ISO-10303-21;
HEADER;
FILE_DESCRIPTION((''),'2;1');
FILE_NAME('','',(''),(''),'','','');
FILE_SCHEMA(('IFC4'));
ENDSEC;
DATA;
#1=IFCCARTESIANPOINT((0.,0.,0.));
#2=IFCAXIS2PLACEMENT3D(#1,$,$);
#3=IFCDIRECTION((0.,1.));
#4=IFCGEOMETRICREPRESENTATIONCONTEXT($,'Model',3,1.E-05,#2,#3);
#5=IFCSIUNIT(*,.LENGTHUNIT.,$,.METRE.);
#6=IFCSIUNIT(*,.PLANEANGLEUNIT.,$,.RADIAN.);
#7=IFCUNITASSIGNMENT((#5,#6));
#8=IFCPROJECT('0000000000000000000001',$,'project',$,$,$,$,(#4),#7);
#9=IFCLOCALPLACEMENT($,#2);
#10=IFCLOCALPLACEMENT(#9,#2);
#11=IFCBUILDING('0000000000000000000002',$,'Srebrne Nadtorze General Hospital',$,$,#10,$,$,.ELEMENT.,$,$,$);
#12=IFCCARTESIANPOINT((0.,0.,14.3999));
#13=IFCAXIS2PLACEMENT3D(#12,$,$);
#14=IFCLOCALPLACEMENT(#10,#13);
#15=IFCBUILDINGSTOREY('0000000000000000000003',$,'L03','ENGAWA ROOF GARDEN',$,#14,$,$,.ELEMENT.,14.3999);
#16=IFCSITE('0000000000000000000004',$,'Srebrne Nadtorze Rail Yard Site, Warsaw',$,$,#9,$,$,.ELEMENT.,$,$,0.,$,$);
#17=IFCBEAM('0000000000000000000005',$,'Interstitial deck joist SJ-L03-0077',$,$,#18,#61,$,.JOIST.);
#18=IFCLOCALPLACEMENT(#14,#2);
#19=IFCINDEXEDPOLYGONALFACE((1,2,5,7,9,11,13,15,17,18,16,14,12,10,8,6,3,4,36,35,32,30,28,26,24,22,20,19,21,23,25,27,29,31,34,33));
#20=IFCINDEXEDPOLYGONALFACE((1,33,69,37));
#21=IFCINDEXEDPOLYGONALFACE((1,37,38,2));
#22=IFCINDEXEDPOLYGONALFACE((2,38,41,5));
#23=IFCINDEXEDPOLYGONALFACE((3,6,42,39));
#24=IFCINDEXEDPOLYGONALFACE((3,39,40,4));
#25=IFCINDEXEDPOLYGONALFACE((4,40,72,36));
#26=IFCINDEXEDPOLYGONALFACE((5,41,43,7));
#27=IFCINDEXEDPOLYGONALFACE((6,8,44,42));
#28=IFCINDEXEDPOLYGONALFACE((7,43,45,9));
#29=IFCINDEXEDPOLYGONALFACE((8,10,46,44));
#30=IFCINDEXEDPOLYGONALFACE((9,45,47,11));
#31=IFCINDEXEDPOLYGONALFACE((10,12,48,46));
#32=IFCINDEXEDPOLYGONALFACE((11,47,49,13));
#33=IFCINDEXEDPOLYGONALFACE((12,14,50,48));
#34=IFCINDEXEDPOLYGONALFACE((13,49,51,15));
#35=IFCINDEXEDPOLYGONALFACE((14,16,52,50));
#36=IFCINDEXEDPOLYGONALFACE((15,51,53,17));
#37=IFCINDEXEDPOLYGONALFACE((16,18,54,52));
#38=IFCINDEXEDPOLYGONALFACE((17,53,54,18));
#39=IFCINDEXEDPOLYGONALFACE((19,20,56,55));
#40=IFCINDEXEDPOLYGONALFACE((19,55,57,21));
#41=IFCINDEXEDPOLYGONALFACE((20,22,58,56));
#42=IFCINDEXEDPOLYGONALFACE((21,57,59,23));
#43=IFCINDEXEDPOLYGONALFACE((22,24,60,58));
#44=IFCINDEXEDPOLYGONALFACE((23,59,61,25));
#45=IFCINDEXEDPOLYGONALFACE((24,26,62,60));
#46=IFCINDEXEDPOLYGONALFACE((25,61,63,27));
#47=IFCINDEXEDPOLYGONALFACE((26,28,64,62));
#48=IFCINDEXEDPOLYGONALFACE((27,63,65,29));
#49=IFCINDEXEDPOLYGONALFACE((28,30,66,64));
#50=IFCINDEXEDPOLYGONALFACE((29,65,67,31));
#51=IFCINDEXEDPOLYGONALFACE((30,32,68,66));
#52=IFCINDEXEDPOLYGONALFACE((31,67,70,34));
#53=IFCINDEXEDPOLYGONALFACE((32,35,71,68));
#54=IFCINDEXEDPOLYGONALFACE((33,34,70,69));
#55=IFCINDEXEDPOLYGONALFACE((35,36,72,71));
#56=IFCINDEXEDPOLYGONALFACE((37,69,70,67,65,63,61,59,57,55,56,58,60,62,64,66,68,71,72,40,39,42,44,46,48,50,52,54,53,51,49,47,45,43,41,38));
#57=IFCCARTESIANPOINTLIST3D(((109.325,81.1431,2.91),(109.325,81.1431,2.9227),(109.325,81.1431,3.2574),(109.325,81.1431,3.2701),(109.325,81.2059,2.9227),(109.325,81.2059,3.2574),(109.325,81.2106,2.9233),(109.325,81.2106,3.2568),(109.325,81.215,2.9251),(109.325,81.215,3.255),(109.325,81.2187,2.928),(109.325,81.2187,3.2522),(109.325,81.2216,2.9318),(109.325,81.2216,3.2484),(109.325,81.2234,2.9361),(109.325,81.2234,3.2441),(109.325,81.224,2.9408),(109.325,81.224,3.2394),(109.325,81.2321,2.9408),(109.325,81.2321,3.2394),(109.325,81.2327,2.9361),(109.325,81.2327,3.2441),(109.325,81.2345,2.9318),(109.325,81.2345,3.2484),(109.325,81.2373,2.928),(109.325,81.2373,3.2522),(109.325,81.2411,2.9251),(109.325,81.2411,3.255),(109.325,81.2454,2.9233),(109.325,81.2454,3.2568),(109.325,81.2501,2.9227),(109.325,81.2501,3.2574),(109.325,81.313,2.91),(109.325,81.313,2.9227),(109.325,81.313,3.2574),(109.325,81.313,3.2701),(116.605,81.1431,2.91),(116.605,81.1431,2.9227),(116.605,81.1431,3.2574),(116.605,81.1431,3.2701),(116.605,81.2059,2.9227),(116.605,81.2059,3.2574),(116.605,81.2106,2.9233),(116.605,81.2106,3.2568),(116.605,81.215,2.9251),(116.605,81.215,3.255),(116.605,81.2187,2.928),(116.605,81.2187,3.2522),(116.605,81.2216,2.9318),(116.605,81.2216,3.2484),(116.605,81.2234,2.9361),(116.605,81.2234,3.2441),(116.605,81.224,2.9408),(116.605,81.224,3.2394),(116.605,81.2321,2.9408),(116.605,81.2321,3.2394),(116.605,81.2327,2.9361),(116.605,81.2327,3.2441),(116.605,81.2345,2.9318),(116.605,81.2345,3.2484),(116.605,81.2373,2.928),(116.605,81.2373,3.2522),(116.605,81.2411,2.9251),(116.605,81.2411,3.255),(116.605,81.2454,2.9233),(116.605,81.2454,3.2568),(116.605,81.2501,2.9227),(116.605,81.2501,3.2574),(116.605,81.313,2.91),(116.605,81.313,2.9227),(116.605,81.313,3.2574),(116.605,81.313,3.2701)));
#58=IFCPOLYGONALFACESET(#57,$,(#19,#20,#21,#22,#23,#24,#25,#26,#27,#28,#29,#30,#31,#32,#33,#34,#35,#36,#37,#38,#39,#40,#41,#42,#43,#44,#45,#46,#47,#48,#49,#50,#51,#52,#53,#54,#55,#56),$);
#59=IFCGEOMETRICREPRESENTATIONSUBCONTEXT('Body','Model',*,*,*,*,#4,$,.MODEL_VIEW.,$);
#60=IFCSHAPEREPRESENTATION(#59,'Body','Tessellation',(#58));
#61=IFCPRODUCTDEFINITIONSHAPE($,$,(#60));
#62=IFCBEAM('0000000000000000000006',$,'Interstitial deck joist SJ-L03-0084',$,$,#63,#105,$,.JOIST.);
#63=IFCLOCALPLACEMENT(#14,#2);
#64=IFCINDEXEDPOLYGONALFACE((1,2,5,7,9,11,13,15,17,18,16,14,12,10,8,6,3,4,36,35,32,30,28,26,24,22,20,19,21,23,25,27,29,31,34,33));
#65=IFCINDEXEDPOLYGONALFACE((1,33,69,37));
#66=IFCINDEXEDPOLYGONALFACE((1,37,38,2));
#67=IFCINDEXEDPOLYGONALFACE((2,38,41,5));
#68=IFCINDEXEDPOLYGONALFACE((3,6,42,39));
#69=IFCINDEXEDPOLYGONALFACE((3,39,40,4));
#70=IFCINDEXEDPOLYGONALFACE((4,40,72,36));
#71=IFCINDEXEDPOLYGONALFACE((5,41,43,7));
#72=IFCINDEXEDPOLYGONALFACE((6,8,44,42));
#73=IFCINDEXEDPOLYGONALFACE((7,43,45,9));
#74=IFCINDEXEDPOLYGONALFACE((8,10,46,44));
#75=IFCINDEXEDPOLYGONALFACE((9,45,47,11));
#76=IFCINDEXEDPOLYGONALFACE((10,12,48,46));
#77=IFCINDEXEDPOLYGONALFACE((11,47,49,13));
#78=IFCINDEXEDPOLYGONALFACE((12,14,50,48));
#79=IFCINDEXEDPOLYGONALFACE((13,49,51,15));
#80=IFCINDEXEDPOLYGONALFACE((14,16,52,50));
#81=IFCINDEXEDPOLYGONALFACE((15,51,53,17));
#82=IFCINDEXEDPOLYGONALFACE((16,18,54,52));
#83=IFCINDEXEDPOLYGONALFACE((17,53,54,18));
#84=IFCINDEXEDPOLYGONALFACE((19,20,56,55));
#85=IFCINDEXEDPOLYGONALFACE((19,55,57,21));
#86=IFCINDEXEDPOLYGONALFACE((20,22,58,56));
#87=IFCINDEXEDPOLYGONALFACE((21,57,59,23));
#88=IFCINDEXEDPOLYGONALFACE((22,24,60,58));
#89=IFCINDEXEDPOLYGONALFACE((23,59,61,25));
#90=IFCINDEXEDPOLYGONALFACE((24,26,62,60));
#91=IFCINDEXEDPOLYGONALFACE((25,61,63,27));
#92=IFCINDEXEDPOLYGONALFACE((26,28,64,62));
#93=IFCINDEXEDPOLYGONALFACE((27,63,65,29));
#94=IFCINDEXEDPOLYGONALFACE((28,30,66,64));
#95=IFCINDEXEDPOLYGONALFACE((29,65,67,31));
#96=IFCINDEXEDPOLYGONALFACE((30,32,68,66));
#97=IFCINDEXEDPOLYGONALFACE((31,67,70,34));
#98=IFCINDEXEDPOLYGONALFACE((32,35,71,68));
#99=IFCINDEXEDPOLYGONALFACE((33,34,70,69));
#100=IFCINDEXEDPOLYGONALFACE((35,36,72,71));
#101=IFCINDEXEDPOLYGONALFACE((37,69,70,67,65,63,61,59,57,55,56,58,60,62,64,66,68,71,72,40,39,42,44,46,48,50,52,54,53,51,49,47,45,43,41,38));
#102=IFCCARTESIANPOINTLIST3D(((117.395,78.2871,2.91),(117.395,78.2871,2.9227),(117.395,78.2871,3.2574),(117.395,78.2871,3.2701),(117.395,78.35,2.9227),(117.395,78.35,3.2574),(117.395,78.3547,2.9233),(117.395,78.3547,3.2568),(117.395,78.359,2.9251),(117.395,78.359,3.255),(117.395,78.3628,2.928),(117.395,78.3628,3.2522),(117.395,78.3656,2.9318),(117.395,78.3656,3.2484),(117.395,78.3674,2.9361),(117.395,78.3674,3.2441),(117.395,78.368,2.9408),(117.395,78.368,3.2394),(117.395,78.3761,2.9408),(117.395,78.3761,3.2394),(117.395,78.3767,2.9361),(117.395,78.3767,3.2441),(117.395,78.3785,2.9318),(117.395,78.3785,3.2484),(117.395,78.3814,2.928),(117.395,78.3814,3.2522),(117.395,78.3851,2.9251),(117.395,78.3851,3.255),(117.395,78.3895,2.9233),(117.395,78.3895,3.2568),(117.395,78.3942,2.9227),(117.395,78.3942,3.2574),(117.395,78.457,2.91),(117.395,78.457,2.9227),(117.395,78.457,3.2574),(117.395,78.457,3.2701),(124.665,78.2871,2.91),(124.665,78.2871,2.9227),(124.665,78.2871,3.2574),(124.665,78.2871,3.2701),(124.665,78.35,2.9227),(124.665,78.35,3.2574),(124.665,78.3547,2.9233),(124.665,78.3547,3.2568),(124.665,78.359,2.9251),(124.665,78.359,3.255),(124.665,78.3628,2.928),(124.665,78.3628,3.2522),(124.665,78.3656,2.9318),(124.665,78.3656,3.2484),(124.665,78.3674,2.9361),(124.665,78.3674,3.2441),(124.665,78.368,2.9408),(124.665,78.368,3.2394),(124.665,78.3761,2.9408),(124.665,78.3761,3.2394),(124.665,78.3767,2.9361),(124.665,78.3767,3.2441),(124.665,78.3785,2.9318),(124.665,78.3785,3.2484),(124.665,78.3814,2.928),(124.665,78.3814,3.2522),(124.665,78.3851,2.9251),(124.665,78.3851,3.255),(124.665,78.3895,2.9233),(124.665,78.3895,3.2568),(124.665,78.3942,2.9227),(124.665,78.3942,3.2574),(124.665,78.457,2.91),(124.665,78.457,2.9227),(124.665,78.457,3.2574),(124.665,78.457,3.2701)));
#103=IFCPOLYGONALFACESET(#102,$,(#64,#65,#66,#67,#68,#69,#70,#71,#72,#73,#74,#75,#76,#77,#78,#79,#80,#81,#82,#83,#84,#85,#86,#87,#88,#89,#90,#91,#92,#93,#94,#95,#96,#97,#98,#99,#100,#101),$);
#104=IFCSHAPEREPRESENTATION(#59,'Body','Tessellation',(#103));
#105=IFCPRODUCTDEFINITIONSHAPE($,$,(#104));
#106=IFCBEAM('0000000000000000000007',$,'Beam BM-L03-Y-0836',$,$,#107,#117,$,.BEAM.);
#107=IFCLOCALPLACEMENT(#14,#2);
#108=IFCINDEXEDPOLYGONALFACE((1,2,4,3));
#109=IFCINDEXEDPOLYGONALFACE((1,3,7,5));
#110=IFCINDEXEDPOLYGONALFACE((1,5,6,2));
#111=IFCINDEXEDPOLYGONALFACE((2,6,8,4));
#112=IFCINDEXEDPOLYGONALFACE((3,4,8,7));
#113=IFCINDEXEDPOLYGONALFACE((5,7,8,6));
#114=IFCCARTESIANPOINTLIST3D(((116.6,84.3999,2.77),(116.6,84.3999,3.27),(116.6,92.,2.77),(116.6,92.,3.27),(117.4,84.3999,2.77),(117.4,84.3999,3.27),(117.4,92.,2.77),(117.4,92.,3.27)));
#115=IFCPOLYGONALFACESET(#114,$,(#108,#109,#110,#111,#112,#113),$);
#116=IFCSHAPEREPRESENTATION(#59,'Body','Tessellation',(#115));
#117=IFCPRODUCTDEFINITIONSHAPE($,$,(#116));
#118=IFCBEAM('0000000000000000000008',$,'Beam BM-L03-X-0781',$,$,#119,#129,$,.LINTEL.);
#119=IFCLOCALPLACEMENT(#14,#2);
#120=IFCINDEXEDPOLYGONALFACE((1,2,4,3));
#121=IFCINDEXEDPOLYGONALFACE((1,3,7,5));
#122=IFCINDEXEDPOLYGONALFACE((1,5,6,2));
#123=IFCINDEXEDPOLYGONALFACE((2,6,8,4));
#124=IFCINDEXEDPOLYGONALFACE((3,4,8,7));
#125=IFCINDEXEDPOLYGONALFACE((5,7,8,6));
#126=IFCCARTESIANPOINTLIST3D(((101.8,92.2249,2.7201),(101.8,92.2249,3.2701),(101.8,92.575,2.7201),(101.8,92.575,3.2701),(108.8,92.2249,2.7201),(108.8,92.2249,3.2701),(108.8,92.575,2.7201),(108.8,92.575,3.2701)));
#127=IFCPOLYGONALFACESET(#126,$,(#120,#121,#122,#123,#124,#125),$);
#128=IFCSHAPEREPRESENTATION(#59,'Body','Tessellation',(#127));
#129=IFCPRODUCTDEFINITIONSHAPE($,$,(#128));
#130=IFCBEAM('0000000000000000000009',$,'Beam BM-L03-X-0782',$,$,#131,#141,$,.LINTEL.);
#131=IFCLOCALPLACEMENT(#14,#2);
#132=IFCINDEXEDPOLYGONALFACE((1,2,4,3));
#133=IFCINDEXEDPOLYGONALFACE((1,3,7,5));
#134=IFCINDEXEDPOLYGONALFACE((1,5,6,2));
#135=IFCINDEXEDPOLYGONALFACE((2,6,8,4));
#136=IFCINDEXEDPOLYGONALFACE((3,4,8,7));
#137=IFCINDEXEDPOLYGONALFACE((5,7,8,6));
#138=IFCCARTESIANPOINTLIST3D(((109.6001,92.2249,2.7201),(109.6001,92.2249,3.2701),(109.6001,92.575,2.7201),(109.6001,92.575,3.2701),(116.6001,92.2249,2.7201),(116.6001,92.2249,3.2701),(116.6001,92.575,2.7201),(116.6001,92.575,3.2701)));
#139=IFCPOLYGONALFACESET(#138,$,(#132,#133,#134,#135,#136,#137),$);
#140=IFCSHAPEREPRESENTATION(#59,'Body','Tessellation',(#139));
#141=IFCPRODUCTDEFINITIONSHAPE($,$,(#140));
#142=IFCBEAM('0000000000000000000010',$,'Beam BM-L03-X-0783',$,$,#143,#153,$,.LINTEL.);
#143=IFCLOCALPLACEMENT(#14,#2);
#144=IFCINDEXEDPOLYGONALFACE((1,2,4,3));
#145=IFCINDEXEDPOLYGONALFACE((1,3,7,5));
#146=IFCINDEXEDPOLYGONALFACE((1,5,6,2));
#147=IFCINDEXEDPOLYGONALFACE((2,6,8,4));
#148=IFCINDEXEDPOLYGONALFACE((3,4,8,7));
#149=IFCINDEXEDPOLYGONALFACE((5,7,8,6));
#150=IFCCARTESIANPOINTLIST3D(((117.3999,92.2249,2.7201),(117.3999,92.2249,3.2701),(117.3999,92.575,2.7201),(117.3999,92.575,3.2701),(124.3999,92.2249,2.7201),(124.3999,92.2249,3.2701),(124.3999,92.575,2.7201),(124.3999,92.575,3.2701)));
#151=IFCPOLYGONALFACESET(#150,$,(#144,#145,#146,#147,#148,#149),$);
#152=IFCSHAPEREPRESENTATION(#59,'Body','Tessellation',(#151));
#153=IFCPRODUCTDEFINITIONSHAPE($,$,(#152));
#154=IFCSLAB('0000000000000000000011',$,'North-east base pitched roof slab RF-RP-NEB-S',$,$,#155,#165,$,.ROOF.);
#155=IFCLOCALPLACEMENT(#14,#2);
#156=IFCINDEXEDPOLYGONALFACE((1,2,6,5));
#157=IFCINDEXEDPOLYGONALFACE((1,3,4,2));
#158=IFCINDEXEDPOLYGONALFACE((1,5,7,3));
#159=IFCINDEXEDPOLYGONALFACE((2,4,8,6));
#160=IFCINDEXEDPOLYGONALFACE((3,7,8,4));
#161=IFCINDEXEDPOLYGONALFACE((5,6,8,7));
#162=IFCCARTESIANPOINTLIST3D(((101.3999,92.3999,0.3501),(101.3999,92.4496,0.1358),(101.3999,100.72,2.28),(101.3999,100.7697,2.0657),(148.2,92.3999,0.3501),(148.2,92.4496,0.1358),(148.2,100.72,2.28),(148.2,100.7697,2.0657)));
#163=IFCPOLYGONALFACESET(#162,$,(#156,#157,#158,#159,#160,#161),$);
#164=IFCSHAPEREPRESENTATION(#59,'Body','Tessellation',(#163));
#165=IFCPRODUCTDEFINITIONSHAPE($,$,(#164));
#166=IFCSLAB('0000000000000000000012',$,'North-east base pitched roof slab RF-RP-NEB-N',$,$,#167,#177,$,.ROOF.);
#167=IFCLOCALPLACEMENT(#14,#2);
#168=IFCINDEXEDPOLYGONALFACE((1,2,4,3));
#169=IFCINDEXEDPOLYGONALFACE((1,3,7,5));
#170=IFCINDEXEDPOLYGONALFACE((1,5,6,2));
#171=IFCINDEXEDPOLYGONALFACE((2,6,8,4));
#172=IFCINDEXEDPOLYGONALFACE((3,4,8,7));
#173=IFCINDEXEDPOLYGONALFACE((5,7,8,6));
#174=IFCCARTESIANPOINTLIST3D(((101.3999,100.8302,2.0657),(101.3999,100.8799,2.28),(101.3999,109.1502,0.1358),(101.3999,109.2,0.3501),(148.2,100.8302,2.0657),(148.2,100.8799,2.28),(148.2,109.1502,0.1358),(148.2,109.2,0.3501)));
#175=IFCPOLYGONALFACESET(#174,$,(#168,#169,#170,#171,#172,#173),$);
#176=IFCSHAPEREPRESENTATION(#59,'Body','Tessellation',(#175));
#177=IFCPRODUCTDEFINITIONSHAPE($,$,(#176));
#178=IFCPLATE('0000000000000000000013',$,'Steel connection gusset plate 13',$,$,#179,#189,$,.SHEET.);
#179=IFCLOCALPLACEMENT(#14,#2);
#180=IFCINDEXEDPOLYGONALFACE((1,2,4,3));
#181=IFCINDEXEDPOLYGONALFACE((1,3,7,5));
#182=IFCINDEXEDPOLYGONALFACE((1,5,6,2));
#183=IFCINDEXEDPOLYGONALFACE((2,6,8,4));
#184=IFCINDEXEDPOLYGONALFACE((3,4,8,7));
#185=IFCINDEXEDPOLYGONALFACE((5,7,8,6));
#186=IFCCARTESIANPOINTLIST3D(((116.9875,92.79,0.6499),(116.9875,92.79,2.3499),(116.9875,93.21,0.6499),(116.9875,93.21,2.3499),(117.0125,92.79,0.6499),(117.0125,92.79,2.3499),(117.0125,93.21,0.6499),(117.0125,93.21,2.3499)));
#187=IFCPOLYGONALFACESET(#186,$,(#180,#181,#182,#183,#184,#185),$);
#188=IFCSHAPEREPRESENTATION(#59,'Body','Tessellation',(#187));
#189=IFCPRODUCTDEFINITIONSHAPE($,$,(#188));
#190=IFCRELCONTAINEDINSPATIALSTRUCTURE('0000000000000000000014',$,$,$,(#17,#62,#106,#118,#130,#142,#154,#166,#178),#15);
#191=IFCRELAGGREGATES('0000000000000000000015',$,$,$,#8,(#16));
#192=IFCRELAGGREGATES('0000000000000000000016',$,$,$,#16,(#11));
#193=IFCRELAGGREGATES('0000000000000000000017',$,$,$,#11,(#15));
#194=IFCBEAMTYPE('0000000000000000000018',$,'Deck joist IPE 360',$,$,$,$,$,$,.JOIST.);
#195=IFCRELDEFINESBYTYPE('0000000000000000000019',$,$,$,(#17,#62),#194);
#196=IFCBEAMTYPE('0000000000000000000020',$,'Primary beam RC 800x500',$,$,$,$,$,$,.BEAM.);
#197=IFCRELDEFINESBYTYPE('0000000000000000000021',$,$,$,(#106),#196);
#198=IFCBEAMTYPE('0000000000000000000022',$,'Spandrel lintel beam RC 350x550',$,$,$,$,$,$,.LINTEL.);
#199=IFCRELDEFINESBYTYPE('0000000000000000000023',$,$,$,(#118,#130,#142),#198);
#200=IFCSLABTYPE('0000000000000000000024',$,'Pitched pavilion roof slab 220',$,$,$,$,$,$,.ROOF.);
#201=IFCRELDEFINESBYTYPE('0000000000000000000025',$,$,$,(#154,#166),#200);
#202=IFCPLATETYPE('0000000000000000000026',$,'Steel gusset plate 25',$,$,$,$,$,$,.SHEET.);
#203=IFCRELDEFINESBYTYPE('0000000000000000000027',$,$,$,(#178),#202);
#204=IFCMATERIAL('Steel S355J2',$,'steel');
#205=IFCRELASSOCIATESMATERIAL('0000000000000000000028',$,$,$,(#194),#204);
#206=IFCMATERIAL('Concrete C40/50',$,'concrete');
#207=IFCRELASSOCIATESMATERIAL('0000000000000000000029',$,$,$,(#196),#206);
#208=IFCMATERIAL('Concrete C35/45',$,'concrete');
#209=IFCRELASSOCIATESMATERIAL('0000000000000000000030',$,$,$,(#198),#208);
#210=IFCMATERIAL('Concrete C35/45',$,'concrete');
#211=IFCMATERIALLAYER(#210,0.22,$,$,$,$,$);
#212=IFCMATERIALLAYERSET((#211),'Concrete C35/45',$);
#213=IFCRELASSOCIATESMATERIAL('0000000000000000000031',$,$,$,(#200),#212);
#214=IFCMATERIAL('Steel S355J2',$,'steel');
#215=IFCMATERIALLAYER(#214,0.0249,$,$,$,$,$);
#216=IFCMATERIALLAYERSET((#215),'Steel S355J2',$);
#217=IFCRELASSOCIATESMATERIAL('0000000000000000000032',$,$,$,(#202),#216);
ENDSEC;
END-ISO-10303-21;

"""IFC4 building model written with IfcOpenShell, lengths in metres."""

from ifc_helpers import new_model, si_unit, direction, frame, origin, origin_2d, place, context, subcontext, project, spatial, polyline, rectangle, i_section, outline, extrude, material, layer, layer_set, material_profile, profile_set, type_object, element, save


model = new_model("IFC4")

# Units and contexts
model_context = context("Model", 3, precision=1e-05, world=origin(), true_north=direction((0.0, 1.0)))
body_context = subcontext(model_context, "Body", "Model", "MODEL_VIEW")
ifc_project = project(units=[si_unit("LENGTHUNIT", "METRE"), si_unit("PLANEANGLEUNIT", "RADIAN")], contexts=[model_context])

# Site, building, storey
site_placement = place(None, origin())
site = spatial("IfcSite", under=ifc_project, at=site_placement, Name="Srebrne Nadtorze Rail Yard Site, Warsaw", CompositionType="ELEMENT", RefElevation=0.0)
building_placement = place(site_placement, origin())
building = spatial("IfcBuilding", under=site, at=building_placement, Name="Srebrne Nadtorze General Hospital", CompositionType="ELEMENT")
storey_placement = place(building_placement, frame((0.0, 0.0, 14.3999)))
storey = spatial("IfcBuildingStorey", under=building, at=storey_placement, Name="L03", Description="ENGAWA ROOF GARDEN", CompositionType="ELEMENT", Elevation=14.3999)

# Beams
ifc_material_1 = material(Name="Steel S355J2", Category="steel")
ifc_material_profile_1 = material_profile(ifc_material_1, i_section(OverallWidth=0.1699, OverallDepth=0.3601, WebThickness=0.0081, FlangeThickness=0.0127, FilletRadius=0.0181, at=origin_2d()), Name="IPE-360")
ifc_profile_set_1 = profile_set([ifc_material_profile_1], Name="Steel S355J2")
beam_type_1 = type_object("IfcBeamType", Name="Deck joist IPE 360", PredefinedType="JOIST", material=ifc_profile_set_1)
beam_1_placement = place(storey_placement, frame((109.325, 81.228, 3.0901), z_axis=(1.0, 0.0, 0.0), x_axis=(0.0, 1.0, 0.0)))
element("IfcBeam", 1, at=beam_1_placement, inside=storey, type_object=beam_type_1, Name="Interstitial deck joist SJ-L03-0077", PredefinedType="JOIST", context=body_context, shape_type="SweptSolid", body=[
    extrude(i_section(OverallWidth=0.1699, OverallDepth=0.3601, WebThickness=0.0081, FlangeThickness=0.0127, FilletRadius=0.0181, at=origin_2d()), origin(), (0.0, 0.0, 1.0), 7.28),
])
beam_2_placement = place(storey_placement, frame((117.395, 78.3721, 3.0901), z_axis=(1.0, 0.0, 0.0), x_axis=(0.0, 1.0, 0.0)))
element("IfcBeam", 2, at=beam_2_placement, inside=storey, type_object=beam_type_1, Name="Interstitial deck joist SJ-L03-0084", PredefinedType="JOIST", context=body_context, shape_type="SweptSolid", body=[
    extrude(i_section(OverallWidth=0.1699, OverallDepth=0.3601, WebThickness=0.0081, FlangeThickness=0.0127, FilletRadius=0.0181, at=origin_2d()), origin(), (0.0, 0.0, 1.0), 7.27),
])
ifc_material_2 = material(Name="Concrete C40/50", Category="concrete")
ifc_material_profile_2 = material_profile(ifc_material_2, rectangle(XDim=0.8, YDim=0.5, at=origin_2d()), Name="RC-BM-800x500")
ifc_profile_set_2 = profile_set([ifc_material_profile_2], Name="Concrete C40/50")
beam_type_2 = type_object("IfcBeamType", Name="Primary beam RC 800x500", PredefinedType="BEAM", material=ifc_profile_set_2)
beam_3_placement = place(storey_placement, frame((117.0, 84.3999, 3.02), z_axis=(0.0, 1.0, 0.0), x_axis=(-1.0, 0.0, 0.0)))
element("IfcBeam", 3, at=beam_3_placement, inside=storey, type_object=beam_type_2, Name="Beam BM-L03-Y-0836", PredefinedType="BEAM", context=body_context, shape_type="SweptSolid", body=[
    extrude(rectangle(XDim=0.8, YDim=0.5, at=origin_2d()), origin(), (0.0, 0.0, 1.0), 7.6001),
])
ifc_material_3 = material(Name="Concrete C35/45", Category="concrete")
ifc_material_profile_3 = material_profile(ifc_material_3, rectangle(XDim=0.3501, YDim=0.55, at=origin_2d()), Name="RC-BM-350x550")
ifc_profile_set_3 = profile_set([ifc_material_profile_3], Name="Concrete C35/45")
beam_type_3 = type_object("IfcBeamType", Name="Spandrel lintel beam RC 350x550", PredefinedType="LINTEL", material=ifc_profile_set_3)
for number, where, z_axis, x_axis, name in (
    (4, (101.8, 92.3999, 2.9951), (1.0, 0.0, 0.0), (0.0, 1.0, 0.0), "Beam BM-L03-X-0781"),
    (5, (109.6001, 92.3999, 2.9951), (1.0, 0.0, 0.0), (0.0, 1.0, 0.0), "Beam BM-L03-X-0782"),
    (6, (117.3999, 92.3999, 2.9951), (1.0, 0.0, 0.0), (0.0, 1.0, 0.0), "Beam BM-L03-X-0783"),
):
    element("IfcBeam", number, at=place(storey_placement, frame(where, z_axis=z_axis, x_axis=x_axis)), inside=storey, type_object=beam_type_3, Name=name, PredefinedType="LINTEL", context=body_context, shape_type="SweptSolid", body=[
        extrude(rectangle(XDim=0.3501, YDim=0.55, at=origin_2d()), origin(), (0.0, 0.0, 1.0), 7.0),
    ])

# Slabs
ifc_material_4 = material(Name="Concrete C35/45", Category="concrete")
ifc_layer_1 = layer(ifc_material_4, 0.22)
ifc_layer_set_1 = layer_set([ifc_layer_1], Name="Concrete C35/45")
slab_type = type_object("IfcSlabType", Name="Pitched pavilion roof slab 220", PredefinedType="ROOF", material=ifc_layer_set_1)
for number, where, z_axis, x_axis, name in (
    (7, (101.3999, 92.3999, 0.3501), (0.0, -0.225962, 0.974136), (1.0, 0.0, 0.0), "North-east base pitched roof slab RF-RP-NEB-S"),
    (8, (101.3999, 100.8799, 2.28), (0.0, 0.225962, 0.974136), (1.0, 0.0, 0.0), "North-east base pitched roof slab RF-RP-NEB-N"),
):
    element("IfcSlab", number, at=place(storey_placement, frame(where, z_axis=z_axis, x_axis=x_axis)), inside=storey, type_object=slab_type, Name=name, PredefinedType="ROOF", context=body_context, shape_type="SweptSolid", body=[
        extrude(outline(polyline([(0.0, 0.0), (46.8, 0.0), (46.8, 8.541), (0.0, 8.541), (0.0, 0.0)])), origin(), (0.0, 0.0, -1.0), 0.22),
    ])

# Plate
ifc_material_5 = material(Name="Steel S355J2", Category="steel")
ifc_layer_2 = layer(ifc_material_5, 0.0249)
ifc_layer_set_2 = layer_set([ifc_layer_2], Name="Steel S355J2")
plate_type_1 = type_object("IfcPlateType", Name="Steel gusset plate 25", PredefinedType="SHEET", material=ifc_layer_set_2)
plate_1_placement = place(storey_placement, frame((117.0, 93.0, 0.6499), z_axis=(0.0, 0.0, 1.0), x_axis=(1.0, 0.0, 0.0)))
element("IfcPlate", 9, at=plate_1_placement, inside=storey, type_object=plate_type_1, Name="Steel connection gusset plate 13", PredefinedType="SHEET", context=body_context, shape_type="SweptSolid", body=[
    extrude(rectangle(XDim=0.0249, YDim=0.4199, at=origin_2d()), origin(), (0.0, 0.0, 1.0), 1.7),
])

save(model, "model.ifc")
